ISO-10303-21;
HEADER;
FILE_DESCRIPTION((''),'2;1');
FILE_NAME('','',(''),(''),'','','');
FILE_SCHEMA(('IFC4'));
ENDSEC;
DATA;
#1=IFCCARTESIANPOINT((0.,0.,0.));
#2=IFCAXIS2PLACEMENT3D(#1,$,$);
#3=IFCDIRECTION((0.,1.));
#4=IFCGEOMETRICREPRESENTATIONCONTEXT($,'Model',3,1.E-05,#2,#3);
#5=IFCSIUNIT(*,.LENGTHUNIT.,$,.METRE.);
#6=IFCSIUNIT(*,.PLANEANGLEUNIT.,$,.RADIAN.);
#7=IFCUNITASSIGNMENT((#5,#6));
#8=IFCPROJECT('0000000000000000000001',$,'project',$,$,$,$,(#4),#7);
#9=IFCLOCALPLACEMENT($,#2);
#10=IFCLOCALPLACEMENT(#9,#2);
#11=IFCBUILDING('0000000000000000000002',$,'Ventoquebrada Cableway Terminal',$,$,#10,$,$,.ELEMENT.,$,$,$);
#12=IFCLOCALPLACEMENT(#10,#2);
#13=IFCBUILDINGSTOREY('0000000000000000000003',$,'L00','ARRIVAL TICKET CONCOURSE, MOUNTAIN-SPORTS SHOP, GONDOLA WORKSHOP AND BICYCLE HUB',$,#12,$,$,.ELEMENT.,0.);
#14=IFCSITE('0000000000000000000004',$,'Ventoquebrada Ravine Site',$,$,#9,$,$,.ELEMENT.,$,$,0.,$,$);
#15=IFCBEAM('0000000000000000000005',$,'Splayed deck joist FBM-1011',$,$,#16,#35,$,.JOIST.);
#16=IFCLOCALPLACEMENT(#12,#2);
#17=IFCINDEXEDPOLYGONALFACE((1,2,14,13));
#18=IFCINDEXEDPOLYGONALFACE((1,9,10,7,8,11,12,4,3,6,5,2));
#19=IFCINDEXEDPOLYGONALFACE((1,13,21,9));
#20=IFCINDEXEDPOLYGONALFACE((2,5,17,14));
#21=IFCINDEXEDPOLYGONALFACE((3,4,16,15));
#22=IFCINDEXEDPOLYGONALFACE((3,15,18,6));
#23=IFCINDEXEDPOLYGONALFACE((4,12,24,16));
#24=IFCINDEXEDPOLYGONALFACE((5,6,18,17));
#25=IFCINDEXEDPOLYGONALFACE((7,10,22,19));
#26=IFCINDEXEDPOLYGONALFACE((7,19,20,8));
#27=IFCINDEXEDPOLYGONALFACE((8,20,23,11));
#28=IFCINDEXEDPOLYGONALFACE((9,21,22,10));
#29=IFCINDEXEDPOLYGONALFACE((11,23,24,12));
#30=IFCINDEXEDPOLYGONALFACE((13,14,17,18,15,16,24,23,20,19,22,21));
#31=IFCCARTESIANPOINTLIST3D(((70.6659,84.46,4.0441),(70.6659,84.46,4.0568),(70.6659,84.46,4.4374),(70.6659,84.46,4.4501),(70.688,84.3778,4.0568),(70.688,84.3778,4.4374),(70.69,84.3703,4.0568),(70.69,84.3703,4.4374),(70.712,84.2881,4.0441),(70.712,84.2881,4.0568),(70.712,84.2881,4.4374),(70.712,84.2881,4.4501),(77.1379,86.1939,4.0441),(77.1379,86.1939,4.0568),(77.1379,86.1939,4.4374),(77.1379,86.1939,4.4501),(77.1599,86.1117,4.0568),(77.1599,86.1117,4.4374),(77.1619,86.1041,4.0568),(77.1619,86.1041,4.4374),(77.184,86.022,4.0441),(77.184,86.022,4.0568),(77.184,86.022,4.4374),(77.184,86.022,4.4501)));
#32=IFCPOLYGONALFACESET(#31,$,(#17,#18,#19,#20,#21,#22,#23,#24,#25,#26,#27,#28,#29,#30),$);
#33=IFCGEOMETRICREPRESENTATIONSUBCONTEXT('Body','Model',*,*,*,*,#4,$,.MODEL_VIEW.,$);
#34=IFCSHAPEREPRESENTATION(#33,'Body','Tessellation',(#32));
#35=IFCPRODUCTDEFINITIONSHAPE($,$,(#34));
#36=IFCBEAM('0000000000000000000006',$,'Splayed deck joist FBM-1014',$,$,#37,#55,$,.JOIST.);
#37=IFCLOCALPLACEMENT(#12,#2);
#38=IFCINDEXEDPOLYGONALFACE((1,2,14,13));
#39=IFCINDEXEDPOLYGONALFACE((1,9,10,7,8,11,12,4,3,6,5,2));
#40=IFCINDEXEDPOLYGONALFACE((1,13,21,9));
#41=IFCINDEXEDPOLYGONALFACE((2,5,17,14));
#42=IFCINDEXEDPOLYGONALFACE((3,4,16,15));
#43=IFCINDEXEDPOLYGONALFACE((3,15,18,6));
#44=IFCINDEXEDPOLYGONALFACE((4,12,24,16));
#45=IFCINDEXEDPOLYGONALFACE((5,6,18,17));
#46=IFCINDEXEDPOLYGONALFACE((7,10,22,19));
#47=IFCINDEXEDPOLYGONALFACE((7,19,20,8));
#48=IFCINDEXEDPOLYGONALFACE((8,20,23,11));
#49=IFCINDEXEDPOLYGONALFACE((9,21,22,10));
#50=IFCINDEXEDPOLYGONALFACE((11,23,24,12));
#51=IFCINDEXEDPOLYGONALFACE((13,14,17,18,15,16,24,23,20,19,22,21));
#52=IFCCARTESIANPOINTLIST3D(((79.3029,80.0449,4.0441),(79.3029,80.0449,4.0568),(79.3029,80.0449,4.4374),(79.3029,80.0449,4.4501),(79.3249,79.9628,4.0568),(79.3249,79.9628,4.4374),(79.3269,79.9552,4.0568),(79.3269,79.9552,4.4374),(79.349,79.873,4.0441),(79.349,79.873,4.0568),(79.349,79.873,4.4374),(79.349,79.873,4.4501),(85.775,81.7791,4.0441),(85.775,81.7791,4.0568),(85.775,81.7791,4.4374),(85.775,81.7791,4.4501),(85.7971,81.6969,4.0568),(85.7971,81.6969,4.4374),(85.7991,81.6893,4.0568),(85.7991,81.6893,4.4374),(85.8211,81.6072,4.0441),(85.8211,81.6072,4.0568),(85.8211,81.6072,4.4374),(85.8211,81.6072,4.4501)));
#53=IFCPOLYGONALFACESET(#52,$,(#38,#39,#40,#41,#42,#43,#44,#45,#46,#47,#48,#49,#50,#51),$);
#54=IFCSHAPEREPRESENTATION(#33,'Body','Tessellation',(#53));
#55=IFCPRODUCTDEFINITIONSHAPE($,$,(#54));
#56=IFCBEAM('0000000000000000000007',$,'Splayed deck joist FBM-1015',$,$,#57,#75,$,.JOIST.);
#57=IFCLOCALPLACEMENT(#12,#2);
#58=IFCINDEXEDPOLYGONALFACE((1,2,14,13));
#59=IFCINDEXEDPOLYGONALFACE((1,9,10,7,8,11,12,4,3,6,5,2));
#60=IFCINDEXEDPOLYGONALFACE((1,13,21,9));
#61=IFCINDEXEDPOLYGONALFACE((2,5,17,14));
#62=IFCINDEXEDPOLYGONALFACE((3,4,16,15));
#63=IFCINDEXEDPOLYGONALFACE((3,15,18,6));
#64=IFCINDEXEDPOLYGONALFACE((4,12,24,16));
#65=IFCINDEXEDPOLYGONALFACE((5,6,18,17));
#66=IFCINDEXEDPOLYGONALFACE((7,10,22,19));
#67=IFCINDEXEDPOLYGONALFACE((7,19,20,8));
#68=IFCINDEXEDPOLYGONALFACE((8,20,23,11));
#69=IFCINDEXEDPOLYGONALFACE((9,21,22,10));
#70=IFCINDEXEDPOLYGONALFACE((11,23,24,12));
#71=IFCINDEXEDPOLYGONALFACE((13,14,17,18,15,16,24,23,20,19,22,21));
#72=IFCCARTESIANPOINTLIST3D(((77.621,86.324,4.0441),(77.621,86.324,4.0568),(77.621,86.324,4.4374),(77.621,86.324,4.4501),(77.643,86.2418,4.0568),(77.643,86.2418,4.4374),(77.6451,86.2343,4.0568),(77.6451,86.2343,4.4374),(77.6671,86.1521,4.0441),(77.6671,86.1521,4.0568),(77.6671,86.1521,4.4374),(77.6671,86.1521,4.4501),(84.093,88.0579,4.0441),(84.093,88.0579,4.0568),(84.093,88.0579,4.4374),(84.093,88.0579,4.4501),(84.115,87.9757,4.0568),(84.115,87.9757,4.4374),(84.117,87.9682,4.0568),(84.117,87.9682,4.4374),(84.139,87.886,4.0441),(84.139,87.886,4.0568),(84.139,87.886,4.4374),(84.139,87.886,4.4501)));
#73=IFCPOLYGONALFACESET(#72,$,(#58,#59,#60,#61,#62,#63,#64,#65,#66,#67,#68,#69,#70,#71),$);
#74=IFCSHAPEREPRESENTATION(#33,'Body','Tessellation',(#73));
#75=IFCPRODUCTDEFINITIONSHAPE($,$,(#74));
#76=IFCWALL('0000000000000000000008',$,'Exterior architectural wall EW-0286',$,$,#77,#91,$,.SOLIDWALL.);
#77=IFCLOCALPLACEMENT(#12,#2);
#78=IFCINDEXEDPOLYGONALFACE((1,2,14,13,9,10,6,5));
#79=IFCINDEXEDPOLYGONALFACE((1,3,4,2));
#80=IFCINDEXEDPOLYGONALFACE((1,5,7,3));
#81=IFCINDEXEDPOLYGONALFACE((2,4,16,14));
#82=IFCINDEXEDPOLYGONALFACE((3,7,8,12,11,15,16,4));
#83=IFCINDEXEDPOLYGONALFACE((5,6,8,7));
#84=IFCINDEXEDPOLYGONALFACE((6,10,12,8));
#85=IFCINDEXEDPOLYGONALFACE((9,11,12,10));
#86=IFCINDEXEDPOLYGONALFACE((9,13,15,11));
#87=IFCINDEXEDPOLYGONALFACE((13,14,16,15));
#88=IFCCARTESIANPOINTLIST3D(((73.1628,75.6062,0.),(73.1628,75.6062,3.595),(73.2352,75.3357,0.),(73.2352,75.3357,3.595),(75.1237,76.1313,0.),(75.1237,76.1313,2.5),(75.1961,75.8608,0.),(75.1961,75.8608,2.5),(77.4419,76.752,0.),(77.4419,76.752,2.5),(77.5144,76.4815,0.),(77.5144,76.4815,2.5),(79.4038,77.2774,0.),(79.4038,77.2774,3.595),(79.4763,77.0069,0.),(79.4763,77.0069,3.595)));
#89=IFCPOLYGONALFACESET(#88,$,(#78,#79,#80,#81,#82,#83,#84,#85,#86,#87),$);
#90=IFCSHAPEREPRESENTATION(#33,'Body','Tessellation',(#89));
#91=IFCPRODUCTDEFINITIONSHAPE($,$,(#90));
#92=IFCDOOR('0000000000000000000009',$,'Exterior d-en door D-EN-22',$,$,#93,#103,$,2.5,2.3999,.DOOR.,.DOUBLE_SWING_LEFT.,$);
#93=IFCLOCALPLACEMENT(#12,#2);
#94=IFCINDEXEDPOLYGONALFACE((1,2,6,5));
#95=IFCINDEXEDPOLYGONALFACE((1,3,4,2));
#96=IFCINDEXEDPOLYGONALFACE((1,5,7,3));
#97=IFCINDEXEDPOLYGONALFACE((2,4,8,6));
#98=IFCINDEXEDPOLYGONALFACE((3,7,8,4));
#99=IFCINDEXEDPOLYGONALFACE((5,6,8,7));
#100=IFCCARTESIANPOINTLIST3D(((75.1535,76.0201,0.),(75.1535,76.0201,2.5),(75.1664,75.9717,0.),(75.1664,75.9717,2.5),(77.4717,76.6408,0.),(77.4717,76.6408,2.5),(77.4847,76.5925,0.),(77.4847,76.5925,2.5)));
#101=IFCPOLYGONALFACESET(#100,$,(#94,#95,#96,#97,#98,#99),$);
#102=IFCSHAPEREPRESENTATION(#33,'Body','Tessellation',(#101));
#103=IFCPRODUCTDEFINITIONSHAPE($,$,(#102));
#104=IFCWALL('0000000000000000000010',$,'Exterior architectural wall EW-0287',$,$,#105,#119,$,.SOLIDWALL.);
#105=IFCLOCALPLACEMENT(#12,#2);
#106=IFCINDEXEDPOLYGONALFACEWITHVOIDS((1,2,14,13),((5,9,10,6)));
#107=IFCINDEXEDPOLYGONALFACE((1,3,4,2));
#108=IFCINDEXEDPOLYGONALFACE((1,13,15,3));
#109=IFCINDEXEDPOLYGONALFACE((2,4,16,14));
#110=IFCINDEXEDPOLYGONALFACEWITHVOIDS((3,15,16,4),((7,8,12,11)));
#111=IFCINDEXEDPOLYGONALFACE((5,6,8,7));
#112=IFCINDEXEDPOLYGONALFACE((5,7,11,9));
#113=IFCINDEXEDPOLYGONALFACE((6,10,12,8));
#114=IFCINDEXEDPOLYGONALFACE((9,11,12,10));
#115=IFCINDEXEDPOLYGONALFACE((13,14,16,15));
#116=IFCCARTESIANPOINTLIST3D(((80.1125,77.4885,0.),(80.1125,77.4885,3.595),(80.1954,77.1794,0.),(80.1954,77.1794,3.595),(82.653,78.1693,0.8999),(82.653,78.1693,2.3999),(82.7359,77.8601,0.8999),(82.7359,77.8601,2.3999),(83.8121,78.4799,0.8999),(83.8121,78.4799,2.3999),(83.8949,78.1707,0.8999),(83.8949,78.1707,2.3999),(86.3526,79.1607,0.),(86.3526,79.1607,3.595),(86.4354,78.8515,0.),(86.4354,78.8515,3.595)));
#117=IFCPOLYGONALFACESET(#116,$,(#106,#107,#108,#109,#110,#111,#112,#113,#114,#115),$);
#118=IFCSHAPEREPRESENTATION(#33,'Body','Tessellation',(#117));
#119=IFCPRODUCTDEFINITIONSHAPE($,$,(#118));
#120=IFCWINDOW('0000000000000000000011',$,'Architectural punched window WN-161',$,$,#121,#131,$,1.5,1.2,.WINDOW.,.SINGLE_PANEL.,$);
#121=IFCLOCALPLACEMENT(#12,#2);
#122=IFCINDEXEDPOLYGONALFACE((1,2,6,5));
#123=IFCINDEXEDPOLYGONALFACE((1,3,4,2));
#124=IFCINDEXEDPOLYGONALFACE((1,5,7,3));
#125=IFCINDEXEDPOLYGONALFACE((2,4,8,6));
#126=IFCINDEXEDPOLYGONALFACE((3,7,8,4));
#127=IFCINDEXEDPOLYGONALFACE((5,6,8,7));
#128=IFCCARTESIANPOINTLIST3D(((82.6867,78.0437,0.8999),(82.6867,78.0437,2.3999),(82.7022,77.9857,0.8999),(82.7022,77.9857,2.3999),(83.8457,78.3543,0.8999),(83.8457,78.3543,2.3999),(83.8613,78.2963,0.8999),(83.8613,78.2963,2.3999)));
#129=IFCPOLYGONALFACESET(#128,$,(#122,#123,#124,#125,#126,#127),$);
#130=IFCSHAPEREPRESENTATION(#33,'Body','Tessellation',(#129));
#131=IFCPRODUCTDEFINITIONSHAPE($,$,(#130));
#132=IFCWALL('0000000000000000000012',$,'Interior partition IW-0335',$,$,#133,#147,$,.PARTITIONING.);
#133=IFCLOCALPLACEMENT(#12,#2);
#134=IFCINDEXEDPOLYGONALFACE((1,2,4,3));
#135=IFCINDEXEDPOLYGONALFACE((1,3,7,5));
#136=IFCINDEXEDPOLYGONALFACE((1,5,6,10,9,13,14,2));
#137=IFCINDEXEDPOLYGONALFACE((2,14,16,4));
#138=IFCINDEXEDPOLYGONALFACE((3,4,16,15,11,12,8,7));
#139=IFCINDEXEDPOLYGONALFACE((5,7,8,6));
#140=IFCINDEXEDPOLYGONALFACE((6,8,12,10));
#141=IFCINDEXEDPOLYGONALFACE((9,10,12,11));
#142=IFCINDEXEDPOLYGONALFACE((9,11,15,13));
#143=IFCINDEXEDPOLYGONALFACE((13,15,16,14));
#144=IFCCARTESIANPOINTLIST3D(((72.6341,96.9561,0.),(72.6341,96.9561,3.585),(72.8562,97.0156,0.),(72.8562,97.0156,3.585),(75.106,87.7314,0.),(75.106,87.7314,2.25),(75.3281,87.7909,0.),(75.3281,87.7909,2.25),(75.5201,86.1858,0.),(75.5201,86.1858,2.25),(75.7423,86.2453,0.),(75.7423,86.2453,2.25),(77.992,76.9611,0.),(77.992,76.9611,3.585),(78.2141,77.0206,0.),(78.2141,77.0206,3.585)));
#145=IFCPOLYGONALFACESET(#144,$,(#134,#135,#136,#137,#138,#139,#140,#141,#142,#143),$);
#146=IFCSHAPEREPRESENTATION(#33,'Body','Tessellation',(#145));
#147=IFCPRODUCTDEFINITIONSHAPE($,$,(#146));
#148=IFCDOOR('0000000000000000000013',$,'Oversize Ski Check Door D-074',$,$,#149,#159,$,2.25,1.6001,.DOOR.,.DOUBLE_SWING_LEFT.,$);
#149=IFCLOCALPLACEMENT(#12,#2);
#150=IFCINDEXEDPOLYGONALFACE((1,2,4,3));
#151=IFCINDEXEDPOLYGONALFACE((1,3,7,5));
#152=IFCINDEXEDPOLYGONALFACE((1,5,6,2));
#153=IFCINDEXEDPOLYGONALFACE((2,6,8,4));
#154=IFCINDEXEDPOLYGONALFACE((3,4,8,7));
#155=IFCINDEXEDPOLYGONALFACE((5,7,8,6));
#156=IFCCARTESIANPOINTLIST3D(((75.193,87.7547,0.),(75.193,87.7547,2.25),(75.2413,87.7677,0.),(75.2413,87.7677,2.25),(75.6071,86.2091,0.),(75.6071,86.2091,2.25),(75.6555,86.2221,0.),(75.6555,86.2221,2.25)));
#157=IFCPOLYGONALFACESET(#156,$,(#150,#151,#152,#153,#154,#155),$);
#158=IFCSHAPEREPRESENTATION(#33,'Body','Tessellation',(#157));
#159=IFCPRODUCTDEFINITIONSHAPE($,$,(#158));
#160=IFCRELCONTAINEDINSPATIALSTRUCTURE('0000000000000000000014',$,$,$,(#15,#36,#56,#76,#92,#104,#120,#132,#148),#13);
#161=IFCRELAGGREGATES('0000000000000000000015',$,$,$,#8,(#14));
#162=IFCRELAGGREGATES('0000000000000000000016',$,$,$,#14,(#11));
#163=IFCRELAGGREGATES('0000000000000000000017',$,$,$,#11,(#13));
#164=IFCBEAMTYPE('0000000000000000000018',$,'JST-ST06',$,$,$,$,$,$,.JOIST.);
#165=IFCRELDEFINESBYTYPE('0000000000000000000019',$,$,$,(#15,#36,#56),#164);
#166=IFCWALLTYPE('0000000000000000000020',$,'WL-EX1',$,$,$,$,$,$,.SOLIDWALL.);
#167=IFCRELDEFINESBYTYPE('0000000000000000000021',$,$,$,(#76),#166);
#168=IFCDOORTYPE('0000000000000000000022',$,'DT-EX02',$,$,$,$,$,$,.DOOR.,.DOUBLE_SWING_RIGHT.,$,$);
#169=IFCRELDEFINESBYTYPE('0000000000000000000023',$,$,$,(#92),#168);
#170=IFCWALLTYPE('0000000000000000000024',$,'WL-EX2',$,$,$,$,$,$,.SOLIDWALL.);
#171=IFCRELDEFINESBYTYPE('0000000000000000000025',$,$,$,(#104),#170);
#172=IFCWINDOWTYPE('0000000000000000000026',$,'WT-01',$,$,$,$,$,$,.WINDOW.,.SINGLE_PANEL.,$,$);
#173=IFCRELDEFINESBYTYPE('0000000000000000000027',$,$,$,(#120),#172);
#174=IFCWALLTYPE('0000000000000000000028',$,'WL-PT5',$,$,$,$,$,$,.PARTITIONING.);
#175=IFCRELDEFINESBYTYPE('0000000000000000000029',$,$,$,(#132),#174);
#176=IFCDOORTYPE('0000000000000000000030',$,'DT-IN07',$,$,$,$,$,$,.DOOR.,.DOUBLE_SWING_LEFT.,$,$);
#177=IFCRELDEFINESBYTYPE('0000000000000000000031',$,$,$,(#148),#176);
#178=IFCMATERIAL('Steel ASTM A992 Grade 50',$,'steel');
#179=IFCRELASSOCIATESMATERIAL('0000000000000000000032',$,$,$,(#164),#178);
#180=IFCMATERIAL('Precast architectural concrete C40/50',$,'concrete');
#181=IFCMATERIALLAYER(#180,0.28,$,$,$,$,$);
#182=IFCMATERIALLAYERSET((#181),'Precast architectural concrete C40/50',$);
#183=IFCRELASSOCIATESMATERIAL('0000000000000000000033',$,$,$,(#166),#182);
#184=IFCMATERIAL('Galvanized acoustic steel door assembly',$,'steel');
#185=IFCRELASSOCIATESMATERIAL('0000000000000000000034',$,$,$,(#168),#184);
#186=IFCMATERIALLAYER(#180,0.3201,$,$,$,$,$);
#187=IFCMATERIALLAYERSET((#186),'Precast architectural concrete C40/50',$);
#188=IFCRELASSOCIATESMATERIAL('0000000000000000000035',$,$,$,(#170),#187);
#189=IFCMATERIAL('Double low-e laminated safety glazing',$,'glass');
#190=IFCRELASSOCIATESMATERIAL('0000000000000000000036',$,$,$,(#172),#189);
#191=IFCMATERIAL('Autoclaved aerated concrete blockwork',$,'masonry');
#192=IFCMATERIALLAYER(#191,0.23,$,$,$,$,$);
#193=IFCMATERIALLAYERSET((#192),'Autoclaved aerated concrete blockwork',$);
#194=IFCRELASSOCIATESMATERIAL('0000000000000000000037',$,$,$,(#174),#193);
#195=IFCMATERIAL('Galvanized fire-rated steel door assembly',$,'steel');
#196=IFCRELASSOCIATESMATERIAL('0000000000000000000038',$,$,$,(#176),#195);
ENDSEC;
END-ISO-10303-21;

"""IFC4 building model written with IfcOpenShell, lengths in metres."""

from ifc_helpers import new_model, si_unit, direction, frame, frame_2d, origin, origin_2d, place, context, subcontext, project, spatial, rectangle, i_section, extrude, material, layer, layer_set, material_profile, profile_set, type_object, element, fill, save


model = new_model("IFC4")

# Units and contexts
model_context = context("Model", 3, precision=1e-05, world=origin(), true_north=direction((0.0, 1.0)))
body_context = subcontext(model_context, "Body", "Model", "MODEL_VIEW")
ifc_project = project(units=[si_unit("LENGTHUNIT", "METRE"), si_unit("PLANEANGLEUNIT", "RADIAN")], contexts=[model_context])

# Site, building, storey
site_placement = place(None, origin())
site = spatial("IfcSite", under=ifc_project, at=site_placement, Name="Ventoquebrada Ravine Site", CompositionType="ELEMENT", RefElevation=0.0)
building_placement = place(site_placement, origin())
building = spatial("IfcBuilding", under=site, at=building_placement, Name="Ventoquebrada Cableway Terminal", CompositionType="ELEMENT")
storey_placement = place(building_placement, origin())
storey = spatial("IfcBuildingStorey", under=building, at=storey_placement, Name="L00", Description="ARRIVAL TICKET CONCOURSE, MOUNTAIN-SPORTS SHOP, GONDOLA WORKSHOP AND BICYCLE HUB", CompositionType="ELEMENT", Elevation=0.0)

# Beams
ifc_material_1 = material(Name="Steel ASTM A992 Grade 50", Category="steel")
ifc_material_profile_1 = material_profile(ifc_material_1, i_section(OverallWidth=0.178, OverallDepth=0.406, WebThickness=0.0078, FlangeThickness=0.0127, at=origin_2d()), Name="W16X40")
ifc_profile_set_1 = profile_set([ifc_material_profile_1], Name="Steel ASTM A992 Grade 50")
beam_type_1 = type_object("IfcBeamType", Name="JST-ST06", PredefinedType="JOIST", material=ifc_profile_set_1)
beam_1_placement = place(storey_placement, frame((70.689, 84.374, 4.2471), z_axis=(0.965936, 0.258783, 0.0), x_axis=(-0.258783, 0.965936, 0.0)))
element("IfcBeam", 1, at=beam_1_placement, inside=storey, type_object=beam_type_1, Name="Splayed deck joist FBM-1011", PredefinedType="JOIST", context=body_context, shape_type="SweptSolid", body=[
    extrude(i_section(OverallWidth=0.178, OverallDepth=0.406, WebThickness=0.0078, FlangeThickness=0.0127, at=origin_2d()), origin(), (0.0, 0.0, 1.0), 6.7002),
])
beam_2_placement = place(storey_placement, frame((79.3259, 79.959, 4.2471), z_axis=(0.965929, 0.258808, 0.0), x_axis=(-0.258808, 0.965929, 0.0)))
element("IfcBeam", 2, at=beam_2_placement, inside=storey, type_object=beam_type_1, Name="Splayed deck joist FBM-1014", PredefinedType="JOIST", context=body_context, shape_type="SweptSolid", body=[
    extrude(i_section(OverallWidth=0.178, OverallDepth=0.406, WebThickness=0.0078, FlangeThickness=0.0127, at=origin_2d()), origin(), (0.0, 0.0, 1.0), 6.7004),
])
beam_3_placement = place(storey_placement, frame((77.644, 86.238, 4.2471), z_axis=(0.965936, 0.258783, 0.0), x_axis=(-0.258783, 0.965936, 0.0)))
element("IfcBeam", 3, at=beam_3_placement, inside=storey, type_object=beam_type_1, Name="Splayed deck joist FBM-1015", PredefinedType="JOIST", context=body_context, shape_type="SweptSolid", body=[
    extrude(i_section(OverallWidth=0.178, OverallDepth=0.406, WebThickness=0.0078, FlangeThickness=0.0127, at=origin_2d()), origin(), (0.0, 0.0, 1.0), 6.7002),
])

# Wall, opening, door
ifc_material_2 = material(Name="Precast architectural concrete C40/50", Category="concrete")
ifc_layer_1 = layer(ifc_material_2, 0.28)
ifc_layer_set_1 = layer_set([ifc_layer_1], Name="Precast architectural concrete C40/50")
wall_type_1 = type_object("IfcWallType", Name="WL-EX1", PredefinedType="SOLIDWALL", material=ifc_layer_set_1)
wall_1_placement = place(storey_placement, frame((73.199, 75.4709, 0.0), z_axis=(0.0, 0.0, 1.0), x_axis=(0.965969, 0.258657, 0.0)))
wall_1 = element("IfcWall", 4, at=wall_1_placement, inside=storey, type_object=wall_type_1, Name="Exterior architectural wall EW-0286", PredefinedType="SOLIDWALL", context=body_context, shape_type="SweptSolid", body=[
    extrude(rectangle(XDim=6.4609, YDim=0.28, at=frame_2d((3.2305, 0.0))), origin(), (0.0, 0.0, 1.0), 3.595),
])
opening_1_placement = place(wall_1_placement, frame((2.03, 0.0, 0.0)))
opening_1 = element("IfcOpeningElement", 5, at=opening_1_placement, cuts=wall_1, PredefinedType="OPENING", context=body_context, shape_type="SweptSolid", body=[
    extrude(rectangle(XDim=2.3999, YDim=2.5, at=frame_2d((1.2, 1.25))), frame((0.0, 0.1499, 0.0), z_axis=(0.0, -1.0, 0.0), x_axis=(1.0, 0.0, 0.0)), (0.0, 0.0, 1.0), 0.3),
])
ifc_material_3 = material(Name="Galvanized acoustic steel door assembly", Category="steel")
door_type_1 = type_object("IfcDoorType", Name="DT-EX02", OperationType="DOUBLE_SWING_RIGHT", PredefinedType="DOOR", material=ifc_material_3)
door_1_placement = place(opening_1_placement, origin())
door_1 = element("IfcDoor", 6, at=door_1_placement, inside=storey, type_object=door_type_1, Name="Exterior d-en door D-EN-22", OperationType="DOUBLE_SWING_LEFT", OverallHeight=2.5, OverallWidth=2.3999, PredefinedType="DOOR", context=body_context, shape_type="SweptSolid", body=[
    extrude(rectangle(XDim=2.3999, YDim=2.5, at=frame_2d((1.2, 1.25))), frame((0.0, 0.0249, 0.0), z_axis=(0.0, -1.0, 0.0), x_axis=(1.0, 0.0, 0.0)), (0.0, 0.0, 1.0), 0.05),
])
fill(opening_1, door_1)

# Wall, opening, window
ifc_layer_2 = layer(ifc_material_2, 0.3201)
ifc_layer_set_2 = layer_set([ifc_layer_2], Name="Precast architectural concrete C40/50")
wall_type_2 = type_object("IfcWallType", Name="WL-EX2", PredefinedType="SOLIDWALL", material=ifc_layer_set_2)
wall_2_placement = place(storey_placement, frame((80.1541, 77.334, 0.0), z_axis=(0.0, 0.0, 1.0), x_axis=(0.965921, 0.258836, 0.0)))
wall_2 = element("IfcWall", 7, at=wall_2_placement, inside=storey, type_object=wall_type_2, Name="Exterior architectural wall EW-0287", PredefinedType="SOLIDWALL", context=body_context, shape_type="SweptSolid", body=[
    extrude(rectangle(XDim=6.4602, YDim=0.3201, at=frame_2d((3.23, 0.0))), origin(), (0.0, 0.0, 1.0), 3.595),
])
opening_2_placement = place(wall_2_placement, frame((2.6299, 0.0, 0.8999)))
opening_2 = element("IfcOpeningElement", 8, at=opening_2_placement, cuts=wall_2, PredefinedType="OPENING", context=body_context, shape_type="SweptSolid", body=[
    extrude(rectangle(XDim=1.2, YDim=1.5, at=frame_2d((0.6001, 0.75))), frame((0.0, 0.1699, 0.0), z_axis=(0.0, -1.0, 0.0), x_axis=(1.0, 0.0, 0.0)), (0.0, 0.0, 1.0), 0.3401),
])
ifc_material_4 = material(Name="Double low-e laminated safety glazing", Category="glass")
window_type = type_object("IfcWindowType", Name="WT-01", PartitioningType="SINGLE_PANEL", PredefinedType="WINDOW", material=ifc_material_4)
window_placement = place(opening_2_placement, origin())
window = element("IfcWindow", 9, at=window_placement, inside=storey, type_object=window_type, Name="Architectural punched window WN-161", OverallHeight=1.5, OverallWidth=1.2, PartitioningType="SINGLE_PANEL", PredefinedType="WINDOW", context=body_context, shape_type="SweptSolid", body=[
    extrude(rectangle(XDim=1.2, YDim=1.5, at=frame_2d((0.6001, 0.75))), frame((0.0, 0.03, 0.0), z_axis=(0.0, -1.0, 0.0), x_axis=(1.0, 0.0, 0.0)), (0.0, 0.0, 1.0), 0.0601),
])
fill(opening_2, window)

# Wall, opening, door
ifc_material_5 = material(Name="Autoclaved aerated concrete blockwork", Category="masonry")
ifc_layer_3 = layer(ifc_material_5, 0.23)
ifc_layer_set_3 = layer_set([ifc_layer_3], Name="Autoclaved aerated concrete blockwork")
wall_type_3 = type_object("IfcWallType", Name="WL-PT5", PredefinedType="PARTITIONING", material=ifc_layer_set_3)
wall_3_placement = place(storey_placement, frame((78.103, 76.991, 0.0), z_axis=(0.0, 0.0, 1.0), x_axis=(-0.25883, 0.965923, 0.0)))
wall_3 = element("IfcWall", 10, at=wall_3_placement, inside=storey, type_object=wall_type_3, Name="Interior partition IW-0335", PredefinedType="PARTITIONING", context=body_context, shape_type="SweptSolid", body=[
    extrude(rectangle(XDim=20.7004, YDim=0.23, at=frame_2d((10.3501, 0.0))), origin(), (0.0, 0.0, 1.0), 3.585),
])
opening_3_placement = place(wall_3_placement, frame((9.55, 0.0, 0.0)))
opening_3 = element("IfcOpeningElement", 11, at=opening_3_placement, cuts=wall_3, PredefinedType="OPENING", context=body_context, shape_type="SweptSolid", body=[
    extrude(rectangle(XDim=1.6001, YDim=2.25, at=frame_2d((0.8, 1.125))), frame((0.0, 0.125, 0.0), z_axis=(0.0, -1.0, 0.0), x_axis=(1.0, 0.0, 0.0)), (0.0, 0.0, 1.0), 0.25),
])
ifc_material_6 = material(Name="Galvanized fire-rated steel door assembly", Category="steel")
door_type_2 = type_object("IfcDoorType", Name="DT-IN07", OperationType="DOUBLE_SWING_LEFT", PredefinedType="DOOR", material=ifc_material_6)
door_2_placement = place(opening_3_placement, origin())
door_2 = element("IfcDoor", 12, at=door_2_placement, inside=storey, type_object=door_type_2, Name="Oversize Ski Check Door D-074", OperationType="DOUBLE_SWING_LEFT", OverallHeight=2.25, OverallWidth=1.6001, PredefinedType="DOOR", context=body_context, shape_type="SweptSolid", body=[
    extrude(rectangle(XDim=1.6001, YDim=2.25, at=frame_2d((0.8, 1.125))), frame((0.0, 0.0249, 0.0), z_axis=(0.0, -1.0, 0.0), x_axis=(1.0, 0.0, 0.0)), (0.0, 0.0, 1.0), 0.05),
])
fill(opening_3, door_2)

save(model, "model.ifc")
